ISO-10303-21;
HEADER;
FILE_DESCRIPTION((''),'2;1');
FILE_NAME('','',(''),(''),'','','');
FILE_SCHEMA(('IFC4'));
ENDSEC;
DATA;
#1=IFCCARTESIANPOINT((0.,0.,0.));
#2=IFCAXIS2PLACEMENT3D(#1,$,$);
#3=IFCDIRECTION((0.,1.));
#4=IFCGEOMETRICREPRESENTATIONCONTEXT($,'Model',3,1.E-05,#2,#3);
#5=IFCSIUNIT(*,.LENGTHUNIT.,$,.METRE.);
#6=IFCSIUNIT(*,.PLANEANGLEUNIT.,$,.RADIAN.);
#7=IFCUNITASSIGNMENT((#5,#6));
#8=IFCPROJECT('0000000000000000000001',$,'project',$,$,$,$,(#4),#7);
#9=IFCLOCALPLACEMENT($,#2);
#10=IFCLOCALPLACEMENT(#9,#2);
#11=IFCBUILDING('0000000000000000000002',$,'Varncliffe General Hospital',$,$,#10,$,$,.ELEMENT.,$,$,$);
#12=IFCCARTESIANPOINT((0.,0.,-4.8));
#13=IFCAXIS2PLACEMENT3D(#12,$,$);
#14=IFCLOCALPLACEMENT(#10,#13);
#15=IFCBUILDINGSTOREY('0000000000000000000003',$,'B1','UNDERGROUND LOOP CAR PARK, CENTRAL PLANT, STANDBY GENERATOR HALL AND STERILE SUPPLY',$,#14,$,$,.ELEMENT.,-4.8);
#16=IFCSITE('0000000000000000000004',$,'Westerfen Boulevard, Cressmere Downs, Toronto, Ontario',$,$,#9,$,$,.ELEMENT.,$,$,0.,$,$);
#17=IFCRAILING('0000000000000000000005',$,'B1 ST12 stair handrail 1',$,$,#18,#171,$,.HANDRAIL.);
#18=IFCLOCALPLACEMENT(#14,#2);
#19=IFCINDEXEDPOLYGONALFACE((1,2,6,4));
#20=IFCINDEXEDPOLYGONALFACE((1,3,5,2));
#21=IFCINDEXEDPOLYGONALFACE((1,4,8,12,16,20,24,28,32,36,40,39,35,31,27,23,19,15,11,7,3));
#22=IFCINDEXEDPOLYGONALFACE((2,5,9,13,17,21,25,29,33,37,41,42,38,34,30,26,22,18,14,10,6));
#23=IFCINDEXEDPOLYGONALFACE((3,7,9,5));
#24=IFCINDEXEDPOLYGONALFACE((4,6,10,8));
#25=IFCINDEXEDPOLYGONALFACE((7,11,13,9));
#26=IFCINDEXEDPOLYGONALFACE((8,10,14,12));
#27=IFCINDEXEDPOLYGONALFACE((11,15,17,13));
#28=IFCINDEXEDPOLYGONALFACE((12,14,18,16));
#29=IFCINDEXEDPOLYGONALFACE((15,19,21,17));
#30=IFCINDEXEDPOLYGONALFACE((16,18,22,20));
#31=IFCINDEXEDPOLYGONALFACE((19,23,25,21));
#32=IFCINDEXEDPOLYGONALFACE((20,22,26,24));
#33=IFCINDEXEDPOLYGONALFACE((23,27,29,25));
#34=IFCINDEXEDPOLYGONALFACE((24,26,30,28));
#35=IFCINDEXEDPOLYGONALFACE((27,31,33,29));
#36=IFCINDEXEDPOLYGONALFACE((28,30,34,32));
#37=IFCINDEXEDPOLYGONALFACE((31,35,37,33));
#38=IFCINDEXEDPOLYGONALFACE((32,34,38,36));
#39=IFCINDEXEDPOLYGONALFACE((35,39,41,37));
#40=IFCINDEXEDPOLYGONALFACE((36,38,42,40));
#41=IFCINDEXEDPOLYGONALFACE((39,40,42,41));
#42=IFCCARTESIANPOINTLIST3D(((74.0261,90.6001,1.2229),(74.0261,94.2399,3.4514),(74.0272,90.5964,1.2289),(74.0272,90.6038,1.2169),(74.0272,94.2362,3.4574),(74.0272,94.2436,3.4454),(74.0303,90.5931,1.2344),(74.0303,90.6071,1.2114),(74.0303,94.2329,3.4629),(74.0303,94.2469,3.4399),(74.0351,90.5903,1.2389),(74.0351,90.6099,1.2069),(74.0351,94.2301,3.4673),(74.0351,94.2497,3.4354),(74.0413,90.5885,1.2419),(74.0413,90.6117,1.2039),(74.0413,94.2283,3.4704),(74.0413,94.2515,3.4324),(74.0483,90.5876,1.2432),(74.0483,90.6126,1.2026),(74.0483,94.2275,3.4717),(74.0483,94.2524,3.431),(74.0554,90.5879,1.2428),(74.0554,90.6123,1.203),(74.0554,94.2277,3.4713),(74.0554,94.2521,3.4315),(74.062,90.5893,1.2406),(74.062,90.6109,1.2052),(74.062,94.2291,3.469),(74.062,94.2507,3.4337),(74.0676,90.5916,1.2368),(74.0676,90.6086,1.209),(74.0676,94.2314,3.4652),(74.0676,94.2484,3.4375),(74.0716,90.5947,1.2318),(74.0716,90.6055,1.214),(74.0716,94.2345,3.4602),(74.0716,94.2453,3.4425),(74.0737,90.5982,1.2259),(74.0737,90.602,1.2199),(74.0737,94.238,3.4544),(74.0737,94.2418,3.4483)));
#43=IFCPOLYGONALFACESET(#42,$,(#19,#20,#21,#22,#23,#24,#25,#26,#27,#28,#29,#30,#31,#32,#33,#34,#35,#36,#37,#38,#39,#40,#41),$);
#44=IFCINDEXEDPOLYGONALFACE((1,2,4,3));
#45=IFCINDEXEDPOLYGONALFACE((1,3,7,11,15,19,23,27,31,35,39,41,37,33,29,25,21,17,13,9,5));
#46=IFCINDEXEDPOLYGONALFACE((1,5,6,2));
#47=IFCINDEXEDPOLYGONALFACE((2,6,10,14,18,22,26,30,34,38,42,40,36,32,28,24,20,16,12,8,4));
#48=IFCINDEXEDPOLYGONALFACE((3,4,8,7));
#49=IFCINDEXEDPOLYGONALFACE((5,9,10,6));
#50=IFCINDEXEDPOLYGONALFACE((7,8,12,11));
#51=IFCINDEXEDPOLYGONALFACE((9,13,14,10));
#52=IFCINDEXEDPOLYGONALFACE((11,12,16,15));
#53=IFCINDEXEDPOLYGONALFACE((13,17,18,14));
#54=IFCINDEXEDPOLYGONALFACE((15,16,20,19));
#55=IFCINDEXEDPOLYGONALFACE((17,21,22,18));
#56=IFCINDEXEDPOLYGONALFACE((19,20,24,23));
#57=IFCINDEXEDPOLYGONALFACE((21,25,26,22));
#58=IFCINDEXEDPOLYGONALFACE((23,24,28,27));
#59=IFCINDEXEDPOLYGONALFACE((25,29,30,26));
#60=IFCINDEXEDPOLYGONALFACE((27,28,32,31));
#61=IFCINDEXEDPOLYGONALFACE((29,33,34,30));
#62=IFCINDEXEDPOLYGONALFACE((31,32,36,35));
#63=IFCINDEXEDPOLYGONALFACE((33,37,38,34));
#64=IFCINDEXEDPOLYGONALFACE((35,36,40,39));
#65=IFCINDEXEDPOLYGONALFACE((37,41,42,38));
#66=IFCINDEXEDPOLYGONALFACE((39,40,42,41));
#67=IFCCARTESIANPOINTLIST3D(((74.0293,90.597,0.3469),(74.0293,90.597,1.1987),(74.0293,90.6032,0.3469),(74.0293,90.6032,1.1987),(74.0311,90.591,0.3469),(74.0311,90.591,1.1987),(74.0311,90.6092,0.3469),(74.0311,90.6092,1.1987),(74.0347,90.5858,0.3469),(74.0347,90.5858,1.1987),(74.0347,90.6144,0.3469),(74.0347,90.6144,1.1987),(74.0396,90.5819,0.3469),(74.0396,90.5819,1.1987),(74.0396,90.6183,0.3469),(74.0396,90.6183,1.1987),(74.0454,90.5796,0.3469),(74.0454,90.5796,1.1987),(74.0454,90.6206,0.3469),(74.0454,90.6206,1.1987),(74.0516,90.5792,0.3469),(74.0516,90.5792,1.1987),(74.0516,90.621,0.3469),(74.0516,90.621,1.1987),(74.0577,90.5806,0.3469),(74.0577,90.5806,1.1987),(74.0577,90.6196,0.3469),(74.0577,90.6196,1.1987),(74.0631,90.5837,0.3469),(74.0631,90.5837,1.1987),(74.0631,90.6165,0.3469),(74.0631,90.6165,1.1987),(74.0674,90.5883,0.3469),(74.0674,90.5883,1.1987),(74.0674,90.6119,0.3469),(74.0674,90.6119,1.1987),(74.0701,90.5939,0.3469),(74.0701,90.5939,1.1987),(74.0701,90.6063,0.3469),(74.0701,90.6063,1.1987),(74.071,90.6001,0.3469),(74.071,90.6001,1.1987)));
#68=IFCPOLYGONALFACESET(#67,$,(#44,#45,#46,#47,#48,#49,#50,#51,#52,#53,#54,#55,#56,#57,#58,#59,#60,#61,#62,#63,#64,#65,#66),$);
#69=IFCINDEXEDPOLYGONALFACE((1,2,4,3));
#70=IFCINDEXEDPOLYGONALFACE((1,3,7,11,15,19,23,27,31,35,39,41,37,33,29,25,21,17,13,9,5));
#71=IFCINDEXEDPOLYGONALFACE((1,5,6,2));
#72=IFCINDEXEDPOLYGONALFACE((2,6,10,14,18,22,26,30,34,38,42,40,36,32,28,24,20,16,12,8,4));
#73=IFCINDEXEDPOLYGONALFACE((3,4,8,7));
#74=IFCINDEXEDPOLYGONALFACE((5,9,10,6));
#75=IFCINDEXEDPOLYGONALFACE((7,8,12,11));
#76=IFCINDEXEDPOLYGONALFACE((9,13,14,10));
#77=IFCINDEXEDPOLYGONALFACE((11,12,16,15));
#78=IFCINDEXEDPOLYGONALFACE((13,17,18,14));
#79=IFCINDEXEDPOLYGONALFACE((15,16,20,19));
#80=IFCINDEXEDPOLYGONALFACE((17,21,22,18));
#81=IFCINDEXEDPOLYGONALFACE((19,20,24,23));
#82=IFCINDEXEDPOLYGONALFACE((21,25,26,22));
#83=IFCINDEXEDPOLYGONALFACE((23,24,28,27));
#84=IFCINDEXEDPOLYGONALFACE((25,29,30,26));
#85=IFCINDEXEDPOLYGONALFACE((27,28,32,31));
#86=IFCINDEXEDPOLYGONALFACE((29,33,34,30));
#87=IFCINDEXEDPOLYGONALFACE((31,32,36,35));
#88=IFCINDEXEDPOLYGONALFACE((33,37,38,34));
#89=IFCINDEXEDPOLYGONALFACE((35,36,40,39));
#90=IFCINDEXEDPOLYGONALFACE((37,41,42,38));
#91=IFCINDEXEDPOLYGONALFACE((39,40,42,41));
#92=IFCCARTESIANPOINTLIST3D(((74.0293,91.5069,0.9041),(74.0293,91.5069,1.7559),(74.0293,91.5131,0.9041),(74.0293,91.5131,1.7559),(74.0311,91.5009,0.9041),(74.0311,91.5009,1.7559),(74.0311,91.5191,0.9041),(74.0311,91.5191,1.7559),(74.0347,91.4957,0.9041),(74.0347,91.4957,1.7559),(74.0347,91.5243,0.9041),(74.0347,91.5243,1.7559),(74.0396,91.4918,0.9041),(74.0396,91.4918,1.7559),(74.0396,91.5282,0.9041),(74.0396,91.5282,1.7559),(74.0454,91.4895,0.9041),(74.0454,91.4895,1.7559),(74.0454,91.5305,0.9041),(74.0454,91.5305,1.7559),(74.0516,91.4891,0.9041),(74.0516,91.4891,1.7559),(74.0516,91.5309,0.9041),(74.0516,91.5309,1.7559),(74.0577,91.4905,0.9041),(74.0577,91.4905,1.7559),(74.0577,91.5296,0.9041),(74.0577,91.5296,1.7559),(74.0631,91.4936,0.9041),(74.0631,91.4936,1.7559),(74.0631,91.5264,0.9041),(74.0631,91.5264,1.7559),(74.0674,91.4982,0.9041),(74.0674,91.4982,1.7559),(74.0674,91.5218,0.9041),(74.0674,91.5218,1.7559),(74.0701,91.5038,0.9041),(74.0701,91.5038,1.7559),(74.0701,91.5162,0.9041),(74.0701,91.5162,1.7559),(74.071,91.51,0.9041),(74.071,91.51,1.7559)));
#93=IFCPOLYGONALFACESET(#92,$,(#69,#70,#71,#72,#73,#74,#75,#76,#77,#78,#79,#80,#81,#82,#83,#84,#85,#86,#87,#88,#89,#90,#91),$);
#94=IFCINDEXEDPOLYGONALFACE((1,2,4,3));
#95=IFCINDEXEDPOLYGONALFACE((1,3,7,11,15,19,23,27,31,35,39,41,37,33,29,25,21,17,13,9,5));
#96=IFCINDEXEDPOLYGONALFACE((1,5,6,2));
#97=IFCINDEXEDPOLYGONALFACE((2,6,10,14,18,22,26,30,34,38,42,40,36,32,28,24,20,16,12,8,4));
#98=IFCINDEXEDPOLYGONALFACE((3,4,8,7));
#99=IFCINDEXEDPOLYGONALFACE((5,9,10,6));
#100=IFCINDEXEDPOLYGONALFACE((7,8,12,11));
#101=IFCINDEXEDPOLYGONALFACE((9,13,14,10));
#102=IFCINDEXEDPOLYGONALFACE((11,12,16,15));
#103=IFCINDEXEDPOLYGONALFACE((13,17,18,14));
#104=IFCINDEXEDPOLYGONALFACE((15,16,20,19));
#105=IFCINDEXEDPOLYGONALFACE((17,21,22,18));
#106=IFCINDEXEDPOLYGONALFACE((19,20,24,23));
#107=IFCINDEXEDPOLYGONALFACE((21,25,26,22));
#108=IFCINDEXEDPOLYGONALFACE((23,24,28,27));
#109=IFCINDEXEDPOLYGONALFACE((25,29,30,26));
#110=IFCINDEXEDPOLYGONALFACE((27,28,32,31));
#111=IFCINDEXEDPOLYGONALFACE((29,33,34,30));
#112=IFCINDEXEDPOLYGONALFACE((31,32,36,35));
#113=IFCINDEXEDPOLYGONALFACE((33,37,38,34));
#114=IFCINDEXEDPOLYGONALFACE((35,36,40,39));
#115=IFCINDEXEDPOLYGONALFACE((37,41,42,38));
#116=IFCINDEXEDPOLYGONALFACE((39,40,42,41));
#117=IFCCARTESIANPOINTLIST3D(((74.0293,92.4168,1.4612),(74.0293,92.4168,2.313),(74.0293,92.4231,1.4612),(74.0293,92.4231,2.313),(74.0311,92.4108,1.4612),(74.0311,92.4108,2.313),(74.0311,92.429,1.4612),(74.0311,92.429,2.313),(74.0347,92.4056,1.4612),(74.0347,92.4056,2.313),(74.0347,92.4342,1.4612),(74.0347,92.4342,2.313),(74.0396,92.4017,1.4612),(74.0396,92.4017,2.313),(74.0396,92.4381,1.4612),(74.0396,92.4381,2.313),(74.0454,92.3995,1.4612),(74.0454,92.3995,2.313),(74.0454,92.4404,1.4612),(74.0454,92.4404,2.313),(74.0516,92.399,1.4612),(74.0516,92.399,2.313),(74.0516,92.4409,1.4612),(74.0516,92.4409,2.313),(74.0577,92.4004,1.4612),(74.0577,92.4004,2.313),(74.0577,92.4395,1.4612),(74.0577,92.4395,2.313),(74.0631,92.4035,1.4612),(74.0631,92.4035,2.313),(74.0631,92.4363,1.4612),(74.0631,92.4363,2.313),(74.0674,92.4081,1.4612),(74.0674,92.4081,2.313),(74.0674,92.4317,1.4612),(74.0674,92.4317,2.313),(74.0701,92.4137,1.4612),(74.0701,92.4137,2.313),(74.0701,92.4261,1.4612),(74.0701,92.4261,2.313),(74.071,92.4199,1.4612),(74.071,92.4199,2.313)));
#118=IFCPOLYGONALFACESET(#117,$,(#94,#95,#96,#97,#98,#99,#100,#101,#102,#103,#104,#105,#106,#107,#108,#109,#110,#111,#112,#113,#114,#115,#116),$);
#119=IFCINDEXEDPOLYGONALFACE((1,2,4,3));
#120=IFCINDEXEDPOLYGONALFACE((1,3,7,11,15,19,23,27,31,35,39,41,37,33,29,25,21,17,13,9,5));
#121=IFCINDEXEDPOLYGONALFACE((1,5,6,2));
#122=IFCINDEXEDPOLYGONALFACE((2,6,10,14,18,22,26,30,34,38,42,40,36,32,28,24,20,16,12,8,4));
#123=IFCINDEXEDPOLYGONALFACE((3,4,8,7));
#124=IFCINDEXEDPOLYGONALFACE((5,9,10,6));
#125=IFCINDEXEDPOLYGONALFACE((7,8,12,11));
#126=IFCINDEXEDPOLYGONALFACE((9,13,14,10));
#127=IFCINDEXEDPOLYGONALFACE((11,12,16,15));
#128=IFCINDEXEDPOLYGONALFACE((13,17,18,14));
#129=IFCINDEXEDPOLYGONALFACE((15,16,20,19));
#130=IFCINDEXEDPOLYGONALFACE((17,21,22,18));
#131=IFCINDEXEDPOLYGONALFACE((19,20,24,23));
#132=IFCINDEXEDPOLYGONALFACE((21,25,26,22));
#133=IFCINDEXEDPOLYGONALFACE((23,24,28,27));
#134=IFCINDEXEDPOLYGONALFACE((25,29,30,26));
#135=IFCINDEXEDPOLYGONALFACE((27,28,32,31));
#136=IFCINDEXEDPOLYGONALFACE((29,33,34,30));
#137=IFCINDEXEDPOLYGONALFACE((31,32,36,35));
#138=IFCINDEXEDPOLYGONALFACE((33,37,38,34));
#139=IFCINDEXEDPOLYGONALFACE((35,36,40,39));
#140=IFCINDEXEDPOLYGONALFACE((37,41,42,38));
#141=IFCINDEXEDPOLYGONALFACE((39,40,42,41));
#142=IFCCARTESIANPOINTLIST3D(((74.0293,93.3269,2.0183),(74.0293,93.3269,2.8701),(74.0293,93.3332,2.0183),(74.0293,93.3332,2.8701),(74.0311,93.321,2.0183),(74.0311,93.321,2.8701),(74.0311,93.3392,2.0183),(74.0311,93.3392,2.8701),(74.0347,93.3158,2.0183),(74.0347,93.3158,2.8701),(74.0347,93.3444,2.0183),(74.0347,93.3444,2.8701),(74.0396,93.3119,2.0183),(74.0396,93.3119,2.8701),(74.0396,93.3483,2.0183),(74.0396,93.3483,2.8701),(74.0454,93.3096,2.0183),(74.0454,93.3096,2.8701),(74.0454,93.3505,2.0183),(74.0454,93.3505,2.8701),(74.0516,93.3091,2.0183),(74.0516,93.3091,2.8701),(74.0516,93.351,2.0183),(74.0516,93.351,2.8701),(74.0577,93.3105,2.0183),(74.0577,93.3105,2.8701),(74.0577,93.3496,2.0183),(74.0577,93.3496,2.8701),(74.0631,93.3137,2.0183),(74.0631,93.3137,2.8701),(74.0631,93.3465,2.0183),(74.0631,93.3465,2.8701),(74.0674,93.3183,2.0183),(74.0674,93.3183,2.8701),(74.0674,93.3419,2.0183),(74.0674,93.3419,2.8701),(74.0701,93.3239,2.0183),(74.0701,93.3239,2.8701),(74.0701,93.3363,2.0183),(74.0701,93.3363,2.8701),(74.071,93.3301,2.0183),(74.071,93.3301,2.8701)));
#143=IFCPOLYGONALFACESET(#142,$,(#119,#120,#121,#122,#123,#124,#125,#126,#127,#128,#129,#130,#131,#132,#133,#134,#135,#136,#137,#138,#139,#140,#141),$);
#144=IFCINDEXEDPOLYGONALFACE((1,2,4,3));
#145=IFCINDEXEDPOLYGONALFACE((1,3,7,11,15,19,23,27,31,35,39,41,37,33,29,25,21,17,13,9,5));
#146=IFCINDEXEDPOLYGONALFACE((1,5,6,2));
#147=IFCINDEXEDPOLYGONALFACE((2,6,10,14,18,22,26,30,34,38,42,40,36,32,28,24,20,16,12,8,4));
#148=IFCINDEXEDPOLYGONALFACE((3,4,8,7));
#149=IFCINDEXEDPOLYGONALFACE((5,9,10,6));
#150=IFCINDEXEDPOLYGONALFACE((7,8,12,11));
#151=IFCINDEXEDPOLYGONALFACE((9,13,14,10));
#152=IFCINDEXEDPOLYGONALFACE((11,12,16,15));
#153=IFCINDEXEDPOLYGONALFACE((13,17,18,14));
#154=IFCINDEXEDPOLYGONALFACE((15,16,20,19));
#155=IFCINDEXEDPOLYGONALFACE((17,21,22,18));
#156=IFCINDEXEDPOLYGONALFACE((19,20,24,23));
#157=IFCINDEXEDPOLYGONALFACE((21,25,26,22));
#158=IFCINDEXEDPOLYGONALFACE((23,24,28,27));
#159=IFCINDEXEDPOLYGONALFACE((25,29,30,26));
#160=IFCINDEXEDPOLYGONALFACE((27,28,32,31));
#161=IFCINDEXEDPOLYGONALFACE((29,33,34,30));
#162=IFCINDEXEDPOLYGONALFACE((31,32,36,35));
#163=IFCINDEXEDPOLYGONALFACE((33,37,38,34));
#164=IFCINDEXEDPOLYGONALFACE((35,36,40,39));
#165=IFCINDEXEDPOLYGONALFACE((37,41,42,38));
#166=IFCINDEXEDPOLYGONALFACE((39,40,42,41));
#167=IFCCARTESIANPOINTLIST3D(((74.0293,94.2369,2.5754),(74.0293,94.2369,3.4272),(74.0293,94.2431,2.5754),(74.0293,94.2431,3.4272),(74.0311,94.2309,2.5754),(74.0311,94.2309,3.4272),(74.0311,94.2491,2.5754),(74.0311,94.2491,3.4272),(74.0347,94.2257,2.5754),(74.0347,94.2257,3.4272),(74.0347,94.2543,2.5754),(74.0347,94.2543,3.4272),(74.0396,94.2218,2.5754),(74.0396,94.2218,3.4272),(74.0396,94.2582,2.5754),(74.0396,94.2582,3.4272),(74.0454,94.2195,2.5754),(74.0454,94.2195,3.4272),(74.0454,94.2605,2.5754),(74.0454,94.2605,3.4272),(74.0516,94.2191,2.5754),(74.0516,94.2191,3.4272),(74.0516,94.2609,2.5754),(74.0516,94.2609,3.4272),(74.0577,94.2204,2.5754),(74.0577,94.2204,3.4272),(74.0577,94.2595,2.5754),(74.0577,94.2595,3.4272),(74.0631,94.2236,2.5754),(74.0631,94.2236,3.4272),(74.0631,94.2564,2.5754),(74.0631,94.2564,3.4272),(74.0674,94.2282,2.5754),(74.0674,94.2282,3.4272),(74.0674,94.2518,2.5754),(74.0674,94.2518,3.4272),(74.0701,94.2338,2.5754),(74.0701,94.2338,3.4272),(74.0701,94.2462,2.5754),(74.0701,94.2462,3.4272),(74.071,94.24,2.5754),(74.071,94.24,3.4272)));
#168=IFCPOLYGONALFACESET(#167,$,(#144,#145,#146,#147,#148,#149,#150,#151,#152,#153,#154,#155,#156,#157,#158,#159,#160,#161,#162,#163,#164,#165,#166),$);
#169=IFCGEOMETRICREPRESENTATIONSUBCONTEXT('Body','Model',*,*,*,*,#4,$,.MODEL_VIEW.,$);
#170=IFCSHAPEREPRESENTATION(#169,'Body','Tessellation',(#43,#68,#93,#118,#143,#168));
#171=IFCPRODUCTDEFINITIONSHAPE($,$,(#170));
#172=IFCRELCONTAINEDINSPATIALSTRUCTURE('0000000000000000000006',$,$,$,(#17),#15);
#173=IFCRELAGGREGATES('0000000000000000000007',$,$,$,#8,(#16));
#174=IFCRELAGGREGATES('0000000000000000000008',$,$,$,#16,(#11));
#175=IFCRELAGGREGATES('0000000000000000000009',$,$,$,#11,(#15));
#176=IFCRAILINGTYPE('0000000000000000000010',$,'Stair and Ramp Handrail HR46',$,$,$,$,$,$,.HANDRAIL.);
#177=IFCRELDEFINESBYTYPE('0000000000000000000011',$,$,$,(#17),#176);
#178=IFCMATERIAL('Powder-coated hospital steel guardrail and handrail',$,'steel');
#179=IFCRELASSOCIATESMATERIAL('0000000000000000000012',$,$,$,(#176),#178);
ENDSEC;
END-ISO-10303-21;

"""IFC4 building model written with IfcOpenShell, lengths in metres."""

from ifc_helpers import new_model, si_unit, direction, frame, origin, origin_2d, place, context, subcontext, project, spatial, circle, extrude, material, type_object, element, save


model = new_model("IFC4")

# Units and contexts
model_context = context("Model", 3, precision=1e-05, world=origin(), true_north=direction((0.0, 1.0)))
body_context = subcontext(model_context, "Body", "Model", "MODEL_VIEW")
ifc_project = project(units=[si_unit("LENGTHUNIT", "METRE"), si_unit("PLANEANGLEUNIT", "RADIAN")], contexts=[model_context])

# Site, building, storey
site_placement = place(None, origin())
site = spatial("IfcSite", under=ifc_project, at=site_placement, Name="Westerfen Boulevard, Cressmere Downs, Toronto, Ontario", CompositionType="ELEMENT", RefElevation=0.0)
building_placement = place(site_placement, origin())
building = spatial("IfcBuilding", under=site, at=building_placement, Name="Varncliffe General Hospital", CompositionType="ELEMENT")
storey_placement = place(building_placement, frame((0.0, 0.0, -4.8)))
storey = spatial("IfcBuildingStorey", under=building, at=storey_placement, Name="B1", Description="UNDERGROUND LOOP CAR PARK, CENTRAL PLANT, STANDBY GENERATOR HALL AND STERILE SUPPLY", CompositionType="ELEMENT", Elevation=-4.8)

# Railing
ifc_material_1 = material(Name="Powder-coated hospital steel guardrail and handrail", Category="steel")
railing_type_1 = type_object("IfcRailingType", Name="Stair and Ramp Handrail HR46", PredefinedType="HANDRAIL", material=ifc_material_1)
railing_1_placement = place(storey_placement, frame((74.05, 90.6001, 0.3469)))
element("IfcRailing", 1, at=railing_1_placement, inside=storey, type_object=railing_type_1, Name="B1 ST12 stair handrail 1", PredefinedType="HANDRAIL", context=body_context, shape_type="SweptSolid", body=[
    extrude(circle(Radius=0.0239, at=origin_2d()), frame((0.0, 0.0, 0.876), z_axis=(0.0, 0.85285, 0.522156), x_axis=(-1.0, 0.0, 0.0)), (0.0, 0.0, 1.0), 4.2678),
    extrude(circle(Radius=0.021, at=origin_2d()), origin(), (0.0, 0.0, 1.0), 0.8518),
    extrude(circle(Radius=0.021, at=origin_2d()), frame((0.0, 0.9099, 0.5571)), (0.0, 0.0, 1.0), 0.8518),
    extrude(circle(Radius=0.021, at=origin_2d()), frame((0.0, 1.8198, 1.1143)), (0.0, 0.0, 1.0), 0.8518),
    extrude(circle(Radius=0.021, at=origin_2d()), frame((0.0, 2.73, 1.6714)), (0.0, 0.0, 1.0), 0.8518),
    extrude(circle(Radius=0.021, at=origin_2d()), frame((0.0, 3.6399, 2.2285)), (0.0, 0.0, 1.0), 0.8518),
])

save(model, "model.ifc")
